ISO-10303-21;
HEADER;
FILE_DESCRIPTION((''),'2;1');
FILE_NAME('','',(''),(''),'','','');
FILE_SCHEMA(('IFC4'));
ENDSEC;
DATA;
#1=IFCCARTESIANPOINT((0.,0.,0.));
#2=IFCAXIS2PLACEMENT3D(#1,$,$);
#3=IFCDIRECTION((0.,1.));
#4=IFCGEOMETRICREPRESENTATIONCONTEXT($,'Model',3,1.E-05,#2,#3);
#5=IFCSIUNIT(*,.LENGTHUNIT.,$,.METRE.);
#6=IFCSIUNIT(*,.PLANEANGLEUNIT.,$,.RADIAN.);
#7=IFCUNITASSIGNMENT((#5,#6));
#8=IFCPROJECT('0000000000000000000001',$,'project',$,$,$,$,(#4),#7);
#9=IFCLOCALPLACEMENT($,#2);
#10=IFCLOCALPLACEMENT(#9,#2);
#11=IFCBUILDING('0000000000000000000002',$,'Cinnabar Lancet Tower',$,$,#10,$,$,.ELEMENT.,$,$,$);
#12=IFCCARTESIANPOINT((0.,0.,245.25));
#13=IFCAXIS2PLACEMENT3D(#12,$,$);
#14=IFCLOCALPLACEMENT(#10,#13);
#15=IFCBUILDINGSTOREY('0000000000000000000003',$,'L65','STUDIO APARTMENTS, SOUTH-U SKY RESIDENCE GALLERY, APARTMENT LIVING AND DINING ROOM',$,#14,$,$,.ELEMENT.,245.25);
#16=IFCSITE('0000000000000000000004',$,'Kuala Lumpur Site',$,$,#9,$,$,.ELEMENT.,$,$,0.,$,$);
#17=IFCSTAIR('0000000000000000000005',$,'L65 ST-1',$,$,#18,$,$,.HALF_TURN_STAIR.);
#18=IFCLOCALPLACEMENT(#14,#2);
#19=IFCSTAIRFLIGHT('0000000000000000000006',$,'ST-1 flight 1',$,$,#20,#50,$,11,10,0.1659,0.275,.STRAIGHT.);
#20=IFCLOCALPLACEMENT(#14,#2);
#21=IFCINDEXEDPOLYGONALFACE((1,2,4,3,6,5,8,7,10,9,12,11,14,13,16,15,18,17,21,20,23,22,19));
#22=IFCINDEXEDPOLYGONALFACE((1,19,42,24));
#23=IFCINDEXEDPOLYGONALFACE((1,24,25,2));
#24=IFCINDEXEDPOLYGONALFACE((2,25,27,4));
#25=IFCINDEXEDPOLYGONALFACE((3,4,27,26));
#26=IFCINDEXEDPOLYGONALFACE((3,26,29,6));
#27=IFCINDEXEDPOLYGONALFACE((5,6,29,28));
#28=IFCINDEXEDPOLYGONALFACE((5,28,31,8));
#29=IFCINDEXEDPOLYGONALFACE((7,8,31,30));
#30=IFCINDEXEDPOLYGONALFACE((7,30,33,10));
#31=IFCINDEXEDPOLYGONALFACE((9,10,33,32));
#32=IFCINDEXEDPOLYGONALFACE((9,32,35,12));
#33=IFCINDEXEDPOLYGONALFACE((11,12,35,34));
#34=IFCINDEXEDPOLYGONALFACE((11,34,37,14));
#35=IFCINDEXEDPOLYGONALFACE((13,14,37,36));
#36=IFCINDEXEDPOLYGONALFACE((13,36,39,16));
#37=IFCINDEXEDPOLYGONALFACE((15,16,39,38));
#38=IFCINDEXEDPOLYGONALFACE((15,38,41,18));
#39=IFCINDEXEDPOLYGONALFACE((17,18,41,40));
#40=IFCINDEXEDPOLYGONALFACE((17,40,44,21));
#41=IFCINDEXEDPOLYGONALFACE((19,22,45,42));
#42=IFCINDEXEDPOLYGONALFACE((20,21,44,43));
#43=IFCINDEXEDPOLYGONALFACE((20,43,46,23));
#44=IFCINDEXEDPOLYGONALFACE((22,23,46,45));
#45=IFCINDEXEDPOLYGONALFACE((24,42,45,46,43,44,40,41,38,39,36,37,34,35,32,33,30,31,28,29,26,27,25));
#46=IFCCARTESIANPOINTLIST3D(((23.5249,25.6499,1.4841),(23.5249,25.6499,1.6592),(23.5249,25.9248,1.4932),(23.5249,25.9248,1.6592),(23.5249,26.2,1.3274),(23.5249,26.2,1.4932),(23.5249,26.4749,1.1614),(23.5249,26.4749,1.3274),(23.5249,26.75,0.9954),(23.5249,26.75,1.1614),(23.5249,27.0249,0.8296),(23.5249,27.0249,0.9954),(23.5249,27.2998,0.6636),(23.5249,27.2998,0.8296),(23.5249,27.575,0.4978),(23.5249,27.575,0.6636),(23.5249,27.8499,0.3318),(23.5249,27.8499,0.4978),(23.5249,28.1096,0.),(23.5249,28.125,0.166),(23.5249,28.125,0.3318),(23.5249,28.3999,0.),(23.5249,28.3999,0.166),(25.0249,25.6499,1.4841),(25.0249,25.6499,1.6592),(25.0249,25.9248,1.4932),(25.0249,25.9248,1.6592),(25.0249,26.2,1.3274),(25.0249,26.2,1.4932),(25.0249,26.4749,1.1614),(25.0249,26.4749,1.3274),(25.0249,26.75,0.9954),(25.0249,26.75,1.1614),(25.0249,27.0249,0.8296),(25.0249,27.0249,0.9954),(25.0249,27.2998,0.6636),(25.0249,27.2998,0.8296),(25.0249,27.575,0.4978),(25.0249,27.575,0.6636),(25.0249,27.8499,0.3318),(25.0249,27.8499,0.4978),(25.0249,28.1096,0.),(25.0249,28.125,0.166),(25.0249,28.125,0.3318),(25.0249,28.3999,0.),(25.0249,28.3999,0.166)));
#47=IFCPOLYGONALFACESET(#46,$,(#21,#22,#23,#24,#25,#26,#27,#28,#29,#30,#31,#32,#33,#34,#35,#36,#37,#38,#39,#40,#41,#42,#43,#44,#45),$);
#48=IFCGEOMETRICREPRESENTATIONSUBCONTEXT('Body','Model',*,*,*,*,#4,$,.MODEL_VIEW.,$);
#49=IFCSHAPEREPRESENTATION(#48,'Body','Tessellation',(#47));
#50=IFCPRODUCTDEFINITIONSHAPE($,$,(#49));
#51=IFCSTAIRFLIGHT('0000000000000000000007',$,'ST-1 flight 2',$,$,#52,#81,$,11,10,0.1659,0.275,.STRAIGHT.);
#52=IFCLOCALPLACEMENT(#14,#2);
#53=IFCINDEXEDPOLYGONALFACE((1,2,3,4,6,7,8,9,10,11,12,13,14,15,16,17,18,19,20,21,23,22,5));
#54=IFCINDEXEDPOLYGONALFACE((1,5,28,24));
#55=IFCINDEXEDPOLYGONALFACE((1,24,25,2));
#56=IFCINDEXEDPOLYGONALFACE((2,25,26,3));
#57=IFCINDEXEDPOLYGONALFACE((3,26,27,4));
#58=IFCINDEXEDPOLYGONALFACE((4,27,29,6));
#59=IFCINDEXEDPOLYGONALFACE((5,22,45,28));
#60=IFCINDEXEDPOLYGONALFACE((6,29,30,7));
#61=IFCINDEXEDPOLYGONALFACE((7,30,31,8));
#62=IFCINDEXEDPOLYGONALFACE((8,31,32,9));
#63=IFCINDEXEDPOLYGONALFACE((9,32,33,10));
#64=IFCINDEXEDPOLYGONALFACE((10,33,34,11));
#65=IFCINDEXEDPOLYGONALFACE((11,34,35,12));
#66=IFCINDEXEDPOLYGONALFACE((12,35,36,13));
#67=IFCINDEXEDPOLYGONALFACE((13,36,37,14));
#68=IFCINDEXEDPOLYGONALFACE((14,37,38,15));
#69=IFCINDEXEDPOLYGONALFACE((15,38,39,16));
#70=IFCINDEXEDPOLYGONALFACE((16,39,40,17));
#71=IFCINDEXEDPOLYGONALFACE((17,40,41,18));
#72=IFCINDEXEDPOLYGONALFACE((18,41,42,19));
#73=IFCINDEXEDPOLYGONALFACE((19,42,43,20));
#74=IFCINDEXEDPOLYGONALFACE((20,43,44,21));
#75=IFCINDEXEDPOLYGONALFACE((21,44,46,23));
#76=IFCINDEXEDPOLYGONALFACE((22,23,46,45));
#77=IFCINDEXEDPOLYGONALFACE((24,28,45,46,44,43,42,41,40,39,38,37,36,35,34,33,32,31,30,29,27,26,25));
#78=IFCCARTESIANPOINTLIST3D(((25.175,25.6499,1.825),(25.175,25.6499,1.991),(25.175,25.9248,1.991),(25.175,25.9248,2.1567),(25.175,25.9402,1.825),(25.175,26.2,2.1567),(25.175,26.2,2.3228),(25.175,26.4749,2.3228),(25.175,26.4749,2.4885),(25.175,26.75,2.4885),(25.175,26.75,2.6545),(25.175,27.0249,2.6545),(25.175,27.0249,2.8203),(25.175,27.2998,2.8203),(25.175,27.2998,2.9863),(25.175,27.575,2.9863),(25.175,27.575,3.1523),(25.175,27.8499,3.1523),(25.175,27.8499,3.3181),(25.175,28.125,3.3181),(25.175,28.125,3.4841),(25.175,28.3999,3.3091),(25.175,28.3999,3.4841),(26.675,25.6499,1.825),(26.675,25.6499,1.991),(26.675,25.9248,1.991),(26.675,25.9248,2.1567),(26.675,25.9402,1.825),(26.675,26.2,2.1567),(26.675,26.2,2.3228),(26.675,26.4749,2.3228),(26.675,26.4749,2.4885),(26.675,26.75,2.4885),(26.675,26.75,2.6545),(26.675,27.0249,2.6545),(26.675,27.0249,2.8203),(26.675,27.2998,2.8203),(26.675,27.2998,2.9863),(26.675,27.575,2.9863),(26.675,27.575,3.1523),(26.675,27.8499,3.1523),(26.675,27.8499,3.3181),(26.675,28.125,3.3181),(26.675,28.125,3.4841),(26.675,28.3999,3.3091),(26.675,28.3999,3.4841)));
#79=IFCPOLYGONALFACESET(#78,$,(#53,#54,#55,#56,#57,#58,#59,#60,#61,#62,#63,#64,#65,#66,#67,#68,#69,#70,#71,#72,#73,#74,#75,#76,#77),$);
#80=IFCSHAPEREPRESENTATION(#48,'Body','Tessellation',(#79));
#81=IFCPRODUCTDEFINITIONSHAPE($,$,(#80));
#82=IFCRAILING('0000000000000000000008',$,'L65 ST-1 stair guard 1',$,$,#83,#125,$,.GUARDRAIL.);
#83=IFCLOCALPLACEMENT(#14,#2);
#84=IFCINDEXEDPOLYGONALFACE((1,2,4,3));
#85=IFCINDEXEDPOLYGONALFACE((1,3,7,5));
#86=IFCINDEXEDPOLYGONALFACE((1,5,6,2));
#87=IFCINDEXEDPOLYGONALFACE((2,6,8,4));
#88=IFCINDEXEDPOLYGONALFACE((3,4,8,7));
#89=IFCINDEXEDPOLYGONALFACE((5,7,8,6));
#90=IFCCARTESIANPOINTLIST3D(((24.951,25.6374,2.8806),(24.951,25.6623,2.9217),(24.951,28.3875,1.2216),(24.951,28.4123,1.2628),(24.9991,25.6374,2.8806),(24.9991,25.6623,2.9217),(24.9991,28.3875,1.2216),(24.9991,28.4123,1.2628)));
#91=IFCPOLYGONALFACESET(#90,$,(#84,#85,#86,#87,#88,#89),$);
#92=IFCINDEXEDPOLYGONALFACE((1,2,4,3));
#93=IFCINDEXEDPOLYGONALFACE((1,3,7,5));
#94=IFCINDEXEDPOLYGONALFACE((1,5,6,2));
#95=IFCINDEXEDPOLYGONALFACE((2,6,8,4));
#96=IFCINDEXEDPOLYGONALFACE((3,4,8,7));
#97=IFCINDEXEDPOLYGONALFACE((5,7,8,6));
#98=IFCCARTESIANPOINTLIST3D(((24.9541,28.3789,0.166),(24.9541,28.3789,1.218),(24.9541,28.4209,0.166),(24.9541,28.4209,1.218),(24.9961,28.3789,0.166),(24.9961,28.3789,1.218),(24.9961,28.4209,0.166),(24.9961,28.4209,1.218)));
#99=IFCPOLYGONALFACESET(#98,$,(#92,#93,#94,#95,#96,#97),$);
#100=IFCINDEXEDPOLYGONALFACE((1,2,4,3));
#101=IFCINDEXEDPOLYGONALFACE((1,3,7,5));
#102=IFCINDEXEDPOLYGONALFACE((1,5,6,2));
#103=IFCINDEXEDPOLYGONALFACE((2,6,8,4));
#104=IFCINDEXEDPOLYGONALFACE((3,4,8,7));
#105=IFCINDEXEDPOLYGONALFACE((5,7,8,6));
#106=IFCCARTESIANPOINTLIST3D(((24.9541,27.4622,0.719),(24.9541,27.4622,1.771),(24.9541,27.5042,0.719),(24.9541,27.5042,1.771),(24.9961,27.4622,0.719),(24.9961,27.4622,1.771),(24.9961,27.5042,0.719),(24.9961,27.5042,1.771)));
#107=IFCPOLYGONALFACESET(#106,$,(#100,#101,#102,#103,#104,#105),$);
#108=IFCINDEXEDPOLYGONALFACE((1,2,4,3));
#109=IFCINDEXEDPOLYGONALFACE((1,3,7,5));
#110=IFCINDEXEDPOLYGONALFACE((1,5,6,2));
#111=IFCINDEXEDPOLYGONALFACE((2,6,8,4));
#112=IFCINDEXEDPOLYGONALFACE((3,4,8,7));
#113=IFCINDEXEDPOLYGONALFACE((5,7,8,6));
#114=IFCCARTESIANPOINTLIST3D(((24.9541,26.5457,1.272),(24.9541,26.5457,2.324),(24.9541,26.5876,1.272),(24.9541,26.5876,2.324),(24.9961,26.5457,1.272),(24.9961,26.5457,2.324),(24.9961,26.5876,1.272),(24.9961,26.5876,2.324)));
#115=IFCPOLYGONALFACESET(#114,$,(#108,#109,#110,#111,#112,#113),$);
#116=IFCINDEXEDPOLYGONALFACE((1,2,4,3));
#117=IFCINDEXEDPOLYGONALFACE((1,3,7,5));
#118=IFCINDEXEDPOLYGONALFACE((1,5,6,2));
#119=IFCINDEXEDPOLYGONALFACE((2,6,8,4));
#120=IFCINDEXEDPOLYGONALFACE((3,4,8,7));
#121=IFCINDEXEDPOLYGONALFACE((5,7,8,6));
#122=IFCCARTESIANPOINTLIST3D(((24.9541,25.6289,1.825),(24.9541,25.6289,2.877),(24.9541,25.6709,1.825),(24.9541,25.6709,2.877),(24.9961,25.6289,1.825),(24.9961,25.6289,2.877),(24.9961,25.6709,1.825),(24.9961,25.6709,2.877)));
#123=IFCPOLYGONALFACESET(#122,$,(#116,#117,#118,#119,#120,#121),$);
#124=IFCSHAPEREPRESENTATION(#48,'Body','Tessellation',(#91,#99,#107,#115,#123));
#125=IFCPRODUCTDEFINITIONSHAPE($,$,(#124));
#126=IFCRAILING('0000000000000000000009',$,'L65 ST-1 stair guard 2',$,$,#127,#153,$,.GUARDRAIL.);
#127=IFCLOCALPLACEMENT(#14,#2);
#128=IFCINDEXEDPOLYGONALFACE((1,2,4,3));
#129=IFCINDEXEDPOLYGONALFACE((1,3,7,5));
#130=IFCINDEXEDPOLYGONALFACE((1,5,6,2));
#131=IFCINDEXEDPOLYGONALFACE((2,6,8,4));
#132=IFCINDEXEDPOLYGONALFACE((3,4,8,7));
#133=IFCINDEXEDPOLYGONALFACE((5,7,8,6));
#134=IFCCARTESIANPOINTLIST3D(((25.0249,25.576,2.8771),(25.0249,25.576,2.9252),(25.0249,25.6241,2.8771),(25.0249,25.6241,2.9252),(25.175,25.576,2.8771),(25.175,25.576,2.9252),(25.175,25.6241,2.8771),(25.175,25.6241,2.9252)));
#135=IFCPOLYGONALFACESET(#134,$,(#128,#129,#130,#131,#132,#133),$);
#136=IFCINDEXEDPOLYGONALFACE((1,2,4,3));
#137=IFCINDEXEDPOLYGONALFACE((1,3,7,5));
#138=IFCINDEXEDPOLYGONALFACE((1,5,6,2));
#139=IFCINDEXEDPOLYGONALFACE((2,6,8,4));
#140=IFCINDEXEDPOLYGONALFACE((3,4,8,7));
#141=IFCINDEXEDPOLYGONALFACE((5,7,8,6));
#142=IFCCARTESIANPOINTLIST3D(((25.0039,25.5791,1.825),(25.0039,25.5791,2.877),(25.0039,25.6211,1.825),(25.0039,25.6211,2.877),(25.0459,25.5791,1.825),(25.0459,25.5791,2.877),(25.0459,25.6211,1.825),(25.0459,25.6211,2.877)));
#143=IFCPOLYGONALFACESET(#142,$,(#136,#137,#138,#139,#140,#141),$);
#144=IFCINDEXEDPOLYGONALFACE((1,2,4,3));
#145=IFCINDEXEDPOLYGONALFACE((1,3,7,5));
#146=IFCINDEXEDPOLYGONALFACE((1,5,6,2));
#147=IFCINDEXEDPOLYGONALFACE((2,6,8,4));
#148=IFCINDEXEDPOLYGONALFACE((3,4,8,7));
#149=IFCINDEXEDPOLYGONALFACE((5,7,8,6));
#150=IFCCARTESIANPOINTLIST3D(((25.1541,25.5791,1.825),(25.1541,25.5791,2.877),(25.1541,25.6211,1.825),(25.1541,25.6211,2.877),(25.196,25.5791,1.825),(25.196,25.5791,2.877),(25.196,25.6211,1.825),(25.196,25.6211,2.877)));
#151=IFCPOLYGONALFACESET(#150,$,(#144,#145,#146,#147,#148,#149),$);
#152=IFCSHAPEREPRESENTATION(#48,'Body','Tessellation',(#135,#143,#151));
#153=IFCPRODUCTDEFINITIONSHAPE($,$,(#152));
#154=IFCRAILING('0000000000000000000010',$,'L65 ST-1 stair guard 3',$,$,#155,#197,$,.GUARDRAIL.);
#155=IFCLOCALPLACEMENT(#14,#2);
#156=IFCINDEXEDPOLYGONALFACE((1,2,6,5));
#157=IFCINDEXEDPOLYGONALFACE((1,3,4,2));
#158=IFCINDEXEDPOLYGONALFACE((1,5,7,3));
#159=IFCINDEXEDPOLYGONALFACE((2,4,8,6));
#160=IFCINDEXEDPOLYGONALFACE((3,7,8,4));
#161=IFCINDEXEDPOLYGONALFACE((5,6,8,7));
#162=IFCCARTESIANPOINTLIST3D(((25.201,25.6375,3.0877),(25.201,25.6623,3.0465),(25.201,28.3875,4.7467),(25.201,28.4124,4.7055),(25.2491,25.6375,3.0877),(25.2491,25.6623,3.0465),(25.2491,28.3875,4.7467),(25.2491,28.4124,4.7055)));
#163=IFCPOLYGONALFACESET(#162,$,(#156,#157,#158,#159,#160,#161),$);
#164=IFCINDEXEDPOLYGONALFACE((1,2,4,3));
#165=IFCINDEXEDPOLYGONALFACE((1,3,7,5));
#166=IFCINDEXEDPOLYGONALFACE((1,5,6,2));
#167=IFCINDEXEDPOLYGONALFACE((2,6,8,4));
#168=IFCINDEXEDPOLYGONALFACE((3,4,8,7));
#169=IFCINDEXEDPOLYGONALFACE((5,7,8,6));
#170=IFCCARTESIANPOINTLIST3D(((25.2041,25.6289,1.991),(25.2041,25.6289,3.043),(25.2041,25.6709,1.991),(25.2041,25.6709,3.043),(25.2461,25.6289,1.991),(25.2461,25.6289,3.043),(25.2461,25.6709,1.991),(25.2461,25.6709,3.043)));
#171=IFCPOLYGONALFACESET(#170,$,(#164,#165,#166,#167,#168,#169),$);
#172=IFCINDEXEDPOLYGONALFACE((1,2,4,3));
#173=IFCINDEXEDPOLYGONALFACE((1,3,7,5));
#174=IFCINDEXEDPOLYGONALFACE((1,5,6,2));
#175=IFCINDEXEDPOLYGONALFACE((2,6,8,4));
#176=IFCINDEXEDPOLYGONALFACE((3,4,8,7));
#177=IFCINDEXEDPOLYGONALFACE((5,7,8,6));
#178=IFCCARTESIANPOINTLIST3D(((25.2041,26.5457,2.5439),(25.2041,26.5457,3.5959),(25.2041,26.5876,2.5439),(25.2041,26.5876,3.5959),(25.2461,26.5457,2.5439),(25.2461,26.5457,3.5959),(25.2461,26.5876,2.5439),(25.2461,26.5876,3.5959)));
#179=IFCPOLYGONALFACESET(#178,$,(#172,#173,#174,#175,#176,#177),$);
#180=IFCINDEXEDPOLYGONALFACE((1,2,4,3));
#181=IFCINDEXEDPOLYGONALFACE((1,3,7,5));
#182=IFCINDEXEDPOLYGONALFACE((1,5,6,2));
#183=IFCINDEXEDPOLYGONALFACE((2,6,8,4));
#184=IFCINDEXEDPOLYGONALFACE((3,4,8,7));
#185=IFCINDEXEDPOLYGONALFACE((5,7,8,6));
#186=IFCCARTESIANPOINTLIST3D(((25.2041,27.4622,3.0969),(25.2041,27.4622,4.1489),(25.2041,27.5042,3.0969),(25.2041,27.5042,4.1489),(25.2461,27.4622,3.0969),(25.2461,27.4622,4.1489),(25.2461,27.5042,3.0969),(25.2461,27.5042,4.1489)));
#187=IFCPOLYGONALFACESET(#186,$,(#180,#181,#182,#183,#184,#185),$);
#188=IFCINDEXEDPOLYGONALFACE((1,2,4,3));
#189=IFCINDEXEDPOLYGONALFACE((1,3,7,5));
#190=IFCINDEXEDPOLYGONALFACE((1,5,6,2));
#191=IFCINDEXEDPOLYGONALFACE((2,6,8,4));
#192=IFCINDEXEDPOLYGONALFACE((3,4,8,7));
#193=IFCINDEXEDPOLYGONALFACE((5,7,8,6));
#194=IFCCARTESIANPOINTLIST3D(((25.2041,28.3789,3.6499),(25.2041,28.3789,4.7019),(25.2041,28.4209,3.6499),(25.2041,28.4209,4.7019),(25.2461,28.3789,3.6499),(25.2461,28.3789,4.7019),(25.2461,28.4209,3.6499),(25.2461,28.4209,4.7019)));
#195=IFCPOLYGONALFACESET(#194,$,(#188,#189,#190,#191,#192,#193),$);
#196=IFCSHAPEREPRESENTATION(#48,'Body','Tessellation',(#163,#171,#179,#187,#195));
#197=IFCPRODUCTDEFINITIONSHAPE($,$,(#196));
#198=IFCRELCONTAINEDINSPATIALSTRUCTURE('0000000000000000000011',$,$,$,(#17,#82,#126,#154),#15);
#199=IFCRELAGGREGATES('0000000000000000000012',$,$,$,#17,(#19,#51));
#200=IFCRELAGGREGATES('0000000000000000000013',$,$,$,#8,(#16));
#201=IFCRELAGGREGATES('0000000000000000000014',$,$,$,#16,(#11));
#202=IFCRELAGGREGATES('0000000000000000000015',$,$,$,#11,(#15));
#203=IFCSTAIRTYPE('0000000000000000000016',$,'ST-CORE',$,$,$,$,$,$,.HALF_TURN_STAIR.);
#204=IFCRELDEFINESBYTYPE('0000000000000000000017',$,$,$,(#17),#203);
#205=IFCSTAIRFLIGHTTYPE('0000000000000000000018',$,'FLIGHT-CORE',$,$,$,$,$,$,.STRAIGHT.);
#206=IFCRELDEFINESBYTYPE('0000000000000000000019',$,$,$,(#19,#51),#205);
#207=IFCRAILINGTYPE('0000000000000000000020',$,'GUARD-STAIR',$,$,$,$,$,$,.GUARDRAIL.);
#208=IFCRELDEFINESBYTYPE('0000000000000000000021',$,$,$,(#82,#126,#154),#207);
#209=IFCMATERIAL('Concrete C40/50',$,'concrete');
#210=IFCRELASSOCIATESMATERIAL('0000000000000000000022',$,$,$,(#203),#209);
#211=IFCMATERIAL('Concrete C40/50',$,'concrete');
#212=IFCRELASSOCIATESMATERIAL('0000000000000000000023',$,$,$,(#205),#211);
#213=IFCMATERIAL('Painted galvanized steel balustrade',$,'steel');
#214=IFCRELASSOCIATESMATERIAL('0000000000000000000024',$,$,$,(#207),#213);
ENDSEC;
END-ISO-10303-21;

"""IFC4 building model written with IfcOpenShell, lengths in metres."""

from ifc_helpers import new_model, si_unit, direction, frame, origin, origin_2d, place, context, subcontext, project, spatial, polyline, rectangle, outline, extrude, material, type_object, element, aggregate, save


model = new_model("IFC4")

# Units and contexts
model_context = context("Model", 3, precision=1e-05, world=origin(), true_north=direction((0.0, 1.0)))
body_context = subcontext(model_context, "Body", "Model", "MODEL_VIEW")
ifc_project = project(units=[si_unit("LENGTHUNIT", "METRE"), si_unit("PLANEANGLEUNIT", "RADIAN")], contexts=[model_context])

# Site, building, storey
site_placement = place(None, origin())
site = spatial("IfcSite", under=ifc_project, at=site_placement, Name="Kuala Lumpur Site", CompositionType="ELEMENT", RefElevation=0.0)
building_placement = place(site_placement, origin())
building = spatial("IfcBuilding", under=site, at=building_placement, Name="Cinnabar Lancet Tower", CompositionType="ELEMENT")
storey_placement = place(building_placement, frame((0.0, 0.0, 245.25)))
storey = spatial("IfcBuildingStorey", under=building, at=storey_placement, Name="L65", Description="STUDIO APARTMENTS, SOUTH-U SKY RESIDENCE GALLERY, APARTMENT LIVING AND DINING ROOM", CompositionType="ELEMENT", Elevation=245.25)

# Stair, stair flights
ifc_material_1 = material(Name="Concrete C40/50", Category="concrete")
stair_type = type_object("IfcStairType", Name="ST-CORE", PredefinedType="HALF_TURN_STAIR", material=ifc_material_1)
stair_placement = place(storey_placement, origin())
stair = element("IfcStair", 1, at=stair_placement, inside=storey, type_object=stair_type, Name="L65 ST-1", PredefinedType="HALF_TURN_STAIR")
ifc_material_2 = material(Name="Concrete C40/50", Category="concrete")
stair_flight_type = type_object("IfcStairFlightType", Name="FLIGHT-CORE", PredefinedType="STRAIGHT", material=ifc_material_2)
stair_flight_1_placement = place(storey_placement, frame((24.2749, 28.3999, 0.0), z_axis=(0.0, 0.0, 1.0), x_axis=(0.0, -1.0, 0.0)))
stair_flight_1 = element("IfcStairFlight", 2, at=stair_flight_1_placement, type_object=stair_flight_type, Name="ST-1 flight 1", NumberOfRisers=11, NumberOfTreads=10, PredefinedType="STRAIGHT", RiserHeight=0.1659, TreadLength=0.275, context=body_context, shape_type="SweptSolid", body=[
    extrude(outline(polyline([(0.0, 0.0), (0.0, 0.166), (0.2749, 0.166), (0.2749, 0.3318), (0.55, 0.3318), (0.55, 0.4978), (0.825, 0.4978), (0.825, 0.6636), (1.1001, 0.6636), (1.1001, 0.8296), (1.375, 0.8296), (1.375, 0.9954), (1.6499, 0.9954), (1.6499, 1.1614), (1.925, 1.1614), (1.925, 1.3274), (2.2, 1.3274), (2.2, 1.4932), (2.4751, 1.4932), (2.4751, 1.6592), (2.75, 1.6592), (2.75, 1.825), (2.75, 1.4841), (0.2903, 0.0), (0.0, 0.0)])), frame((0.0, 0.75, 0.0), z_axis=(0.0, -1.0, 0.0), x_axis=(1.0, 0.0, 0.0)), (0.0, 0.0, 1.0), 1.5),
])
stair_flight_2_placement = place(storey_placement, frame((25.925, 25.6499, 1.825), z_axis=(0.0, 0.0, 1.0), x_axis=(0.0, 1.0, 0.0)))
stair_flight_2 = element("IfcStairFlight", 3, at=stair_flight_2_placement, type_object=stair_flight_type, Name="ST-1 flight 2", NumberOfRisers=11, NumberOfTreads=10, PredefinedType="STRAIGHT", RiserHeight=0.1659, TreadLength=0.275, context=body_context, shape_type="SweptSolid", body=[
    extrude(outline(polyline([(0.0, 0.0), (0.0, 0.166), (0.2749, 0.166), (0.2749, 0.3318), (0.55, 0.3318), (0.55, 0.4978), (0.825, 0.4978), (0.825, 0.6636), (1.1001, 0.6636), (1.1001, 0.8296), (1.375, 0.8296), (1.375, 0.9954), (1.6499, 0.9954), (1.6499, 1.1614), (1.925, 1.1614), (1.925, 1.3274), (2.2, 1.3274), (2.2, 1.4932), (2.4751, 1.4932), (2.4751, 1.6592), (2.75, 1.6592), (2.75, 1.825), (2.75, 1.4841), (0.2903, 0.0), (0.0, 0.0)])), frame((0.0, 0.75, 0.0), z_axis=(0.0, -1.0, 0.0), x_axis=(1.0, 0.0, 0.0)), (0.0, 0.0, 1.0), 1.5),
])
aggregate(stair, [stair_flight_1, stair_flight_2])

# Railings
ifc_material_3 = material(Name="Painted galvanized steel balustrade", Category="steel")
railing_type_1 = type_object("IfcRailingType", Name="GUARD-STAIR", PredefinedType="GUARDRAIL", material=ifc_material_3)
railing_1_placement = place(storey_placement, frame((24.9751, 28.3999, 0.166)))
element("IfcRailing", 4, at=railing_1_placement, inside=storey, type_object=railing_type_1, Name="L65 ST-1 stair guard 1", PredefinedType="GUARDRAIL", context=body_context, shape_type="SweptSolid", body=[
    extrude(rectangle(XDim=0.0481, YDim=0.0481, at=origin_2d()), frame((0.0, 0.0, 1.0762), z_axis=(0.0, -0.856263, 0.51654), x_axis=(1.0, 0.0, 0.0)), (0.0, 0.0, 1.0), 3.2117),
    extrude(rectangle(XDim=0.042, YDim=0.042, at=origin_2d()), origin(), (0.0, 0.0, 1.0), 1.052),
    extrude(rectangle(XDim=0.042, YDim=0.042, at=origin_2d()), frame((0.0, -0.9167, 0.553)), (0.0, 0.0, 1.0), 1.052),
    extrude(rectangle(XDim=0.042, YDim=0.042, at=origin_2d()), frame((0.0, -1.8333, 1.106)), (0.0, 0.0, 1.0), 1.052),
    extrude(rectangle(XDim=0.042, YDim=0.042, at=origin_2d()), frame((0.0, -2.75, 1.6589)), (0.0, 0.0, 1.0), 1.052),
])
railing_2_placement = place(storey_placement, frame((25.0249, 25.6001, 1.825)))
element("IfcRailing", 5, at=railing_2_placement, inside=storey, type_object=railing_type_1, Name="L65 ST-1 stair guard 2", PredefinedType="GUARDRAIL", context=body_context, shape_type="SweptSolid", body=[
    extrude(rectangle(XDim=0.0481, YDim=0.0481, at=origin_2d()), frame((0.0, 0.0, 1.0762), z_axis=(1.0, 0.0, 0.0), x_axis=(0.0, 1.0, 0.0)), (0.0, 0.0, 1.0), 0.1501),
    extrude(rectangle(XDim=0.042, YDim=0.042, at=origin_2d()), origin(), (0.0, 0.0, 1.0), 1.052),
    extrude(rectangle(XDim=0.042, YDim=0.042, at=origin_2d()), frame((0.1501, 0.0, 0.0)), (0.0, 0.0, 1.0), 1.052),
])
railing_3_placement = place(storey_placement, frame((25.2251, 25.6499, 1.991)))
element("IfcRailing", 6, at=railing_3_placement, inside=storey, type_object=railing_type_1, Name="L65 ST-1 stair guard 3", PredefinedType="GUARDRAIL", context=body_context, shape_type="SweptSolid", body=[
    extrude(rectangle(XDim=0.0481, YDim=0.0481, at=origin_2d()), frame((0.0, 0.0, 1.0762), z_axis=(0.0, 0.856263, 0.51654), x_axis=(-1.0, 0.0, 0.0)), (0.0, 0.0, 1.0), 3.2117),
    extrude(rectangle(XDim=0.042, YDim=0.042, at=origin_2d()), origin(), (0.0, 0.0, 1.0), 1.052),
    extrude(rectangle(XDim=0.042, YDim=0.042, at=origin_2d()), frame((0.0, 0.9167, 0.553)), (0.0, 0.0, 1.0), 1.052),
    extrude(rectangle(XDim=0.042, YDim=0.042, at=origin_2d()), frame((0.0, 1.8333, 1.106)), (0.0, 0.0, 1.0), 1.052),
    extrude(rectangle(XDim=0.042, YDim=0.042, at=origin_2d()), frame((0.0, 2.75, 1.6589)), (0.0, 0.0, 1.0), 1.052),
])

save(model, "model.ifc")
